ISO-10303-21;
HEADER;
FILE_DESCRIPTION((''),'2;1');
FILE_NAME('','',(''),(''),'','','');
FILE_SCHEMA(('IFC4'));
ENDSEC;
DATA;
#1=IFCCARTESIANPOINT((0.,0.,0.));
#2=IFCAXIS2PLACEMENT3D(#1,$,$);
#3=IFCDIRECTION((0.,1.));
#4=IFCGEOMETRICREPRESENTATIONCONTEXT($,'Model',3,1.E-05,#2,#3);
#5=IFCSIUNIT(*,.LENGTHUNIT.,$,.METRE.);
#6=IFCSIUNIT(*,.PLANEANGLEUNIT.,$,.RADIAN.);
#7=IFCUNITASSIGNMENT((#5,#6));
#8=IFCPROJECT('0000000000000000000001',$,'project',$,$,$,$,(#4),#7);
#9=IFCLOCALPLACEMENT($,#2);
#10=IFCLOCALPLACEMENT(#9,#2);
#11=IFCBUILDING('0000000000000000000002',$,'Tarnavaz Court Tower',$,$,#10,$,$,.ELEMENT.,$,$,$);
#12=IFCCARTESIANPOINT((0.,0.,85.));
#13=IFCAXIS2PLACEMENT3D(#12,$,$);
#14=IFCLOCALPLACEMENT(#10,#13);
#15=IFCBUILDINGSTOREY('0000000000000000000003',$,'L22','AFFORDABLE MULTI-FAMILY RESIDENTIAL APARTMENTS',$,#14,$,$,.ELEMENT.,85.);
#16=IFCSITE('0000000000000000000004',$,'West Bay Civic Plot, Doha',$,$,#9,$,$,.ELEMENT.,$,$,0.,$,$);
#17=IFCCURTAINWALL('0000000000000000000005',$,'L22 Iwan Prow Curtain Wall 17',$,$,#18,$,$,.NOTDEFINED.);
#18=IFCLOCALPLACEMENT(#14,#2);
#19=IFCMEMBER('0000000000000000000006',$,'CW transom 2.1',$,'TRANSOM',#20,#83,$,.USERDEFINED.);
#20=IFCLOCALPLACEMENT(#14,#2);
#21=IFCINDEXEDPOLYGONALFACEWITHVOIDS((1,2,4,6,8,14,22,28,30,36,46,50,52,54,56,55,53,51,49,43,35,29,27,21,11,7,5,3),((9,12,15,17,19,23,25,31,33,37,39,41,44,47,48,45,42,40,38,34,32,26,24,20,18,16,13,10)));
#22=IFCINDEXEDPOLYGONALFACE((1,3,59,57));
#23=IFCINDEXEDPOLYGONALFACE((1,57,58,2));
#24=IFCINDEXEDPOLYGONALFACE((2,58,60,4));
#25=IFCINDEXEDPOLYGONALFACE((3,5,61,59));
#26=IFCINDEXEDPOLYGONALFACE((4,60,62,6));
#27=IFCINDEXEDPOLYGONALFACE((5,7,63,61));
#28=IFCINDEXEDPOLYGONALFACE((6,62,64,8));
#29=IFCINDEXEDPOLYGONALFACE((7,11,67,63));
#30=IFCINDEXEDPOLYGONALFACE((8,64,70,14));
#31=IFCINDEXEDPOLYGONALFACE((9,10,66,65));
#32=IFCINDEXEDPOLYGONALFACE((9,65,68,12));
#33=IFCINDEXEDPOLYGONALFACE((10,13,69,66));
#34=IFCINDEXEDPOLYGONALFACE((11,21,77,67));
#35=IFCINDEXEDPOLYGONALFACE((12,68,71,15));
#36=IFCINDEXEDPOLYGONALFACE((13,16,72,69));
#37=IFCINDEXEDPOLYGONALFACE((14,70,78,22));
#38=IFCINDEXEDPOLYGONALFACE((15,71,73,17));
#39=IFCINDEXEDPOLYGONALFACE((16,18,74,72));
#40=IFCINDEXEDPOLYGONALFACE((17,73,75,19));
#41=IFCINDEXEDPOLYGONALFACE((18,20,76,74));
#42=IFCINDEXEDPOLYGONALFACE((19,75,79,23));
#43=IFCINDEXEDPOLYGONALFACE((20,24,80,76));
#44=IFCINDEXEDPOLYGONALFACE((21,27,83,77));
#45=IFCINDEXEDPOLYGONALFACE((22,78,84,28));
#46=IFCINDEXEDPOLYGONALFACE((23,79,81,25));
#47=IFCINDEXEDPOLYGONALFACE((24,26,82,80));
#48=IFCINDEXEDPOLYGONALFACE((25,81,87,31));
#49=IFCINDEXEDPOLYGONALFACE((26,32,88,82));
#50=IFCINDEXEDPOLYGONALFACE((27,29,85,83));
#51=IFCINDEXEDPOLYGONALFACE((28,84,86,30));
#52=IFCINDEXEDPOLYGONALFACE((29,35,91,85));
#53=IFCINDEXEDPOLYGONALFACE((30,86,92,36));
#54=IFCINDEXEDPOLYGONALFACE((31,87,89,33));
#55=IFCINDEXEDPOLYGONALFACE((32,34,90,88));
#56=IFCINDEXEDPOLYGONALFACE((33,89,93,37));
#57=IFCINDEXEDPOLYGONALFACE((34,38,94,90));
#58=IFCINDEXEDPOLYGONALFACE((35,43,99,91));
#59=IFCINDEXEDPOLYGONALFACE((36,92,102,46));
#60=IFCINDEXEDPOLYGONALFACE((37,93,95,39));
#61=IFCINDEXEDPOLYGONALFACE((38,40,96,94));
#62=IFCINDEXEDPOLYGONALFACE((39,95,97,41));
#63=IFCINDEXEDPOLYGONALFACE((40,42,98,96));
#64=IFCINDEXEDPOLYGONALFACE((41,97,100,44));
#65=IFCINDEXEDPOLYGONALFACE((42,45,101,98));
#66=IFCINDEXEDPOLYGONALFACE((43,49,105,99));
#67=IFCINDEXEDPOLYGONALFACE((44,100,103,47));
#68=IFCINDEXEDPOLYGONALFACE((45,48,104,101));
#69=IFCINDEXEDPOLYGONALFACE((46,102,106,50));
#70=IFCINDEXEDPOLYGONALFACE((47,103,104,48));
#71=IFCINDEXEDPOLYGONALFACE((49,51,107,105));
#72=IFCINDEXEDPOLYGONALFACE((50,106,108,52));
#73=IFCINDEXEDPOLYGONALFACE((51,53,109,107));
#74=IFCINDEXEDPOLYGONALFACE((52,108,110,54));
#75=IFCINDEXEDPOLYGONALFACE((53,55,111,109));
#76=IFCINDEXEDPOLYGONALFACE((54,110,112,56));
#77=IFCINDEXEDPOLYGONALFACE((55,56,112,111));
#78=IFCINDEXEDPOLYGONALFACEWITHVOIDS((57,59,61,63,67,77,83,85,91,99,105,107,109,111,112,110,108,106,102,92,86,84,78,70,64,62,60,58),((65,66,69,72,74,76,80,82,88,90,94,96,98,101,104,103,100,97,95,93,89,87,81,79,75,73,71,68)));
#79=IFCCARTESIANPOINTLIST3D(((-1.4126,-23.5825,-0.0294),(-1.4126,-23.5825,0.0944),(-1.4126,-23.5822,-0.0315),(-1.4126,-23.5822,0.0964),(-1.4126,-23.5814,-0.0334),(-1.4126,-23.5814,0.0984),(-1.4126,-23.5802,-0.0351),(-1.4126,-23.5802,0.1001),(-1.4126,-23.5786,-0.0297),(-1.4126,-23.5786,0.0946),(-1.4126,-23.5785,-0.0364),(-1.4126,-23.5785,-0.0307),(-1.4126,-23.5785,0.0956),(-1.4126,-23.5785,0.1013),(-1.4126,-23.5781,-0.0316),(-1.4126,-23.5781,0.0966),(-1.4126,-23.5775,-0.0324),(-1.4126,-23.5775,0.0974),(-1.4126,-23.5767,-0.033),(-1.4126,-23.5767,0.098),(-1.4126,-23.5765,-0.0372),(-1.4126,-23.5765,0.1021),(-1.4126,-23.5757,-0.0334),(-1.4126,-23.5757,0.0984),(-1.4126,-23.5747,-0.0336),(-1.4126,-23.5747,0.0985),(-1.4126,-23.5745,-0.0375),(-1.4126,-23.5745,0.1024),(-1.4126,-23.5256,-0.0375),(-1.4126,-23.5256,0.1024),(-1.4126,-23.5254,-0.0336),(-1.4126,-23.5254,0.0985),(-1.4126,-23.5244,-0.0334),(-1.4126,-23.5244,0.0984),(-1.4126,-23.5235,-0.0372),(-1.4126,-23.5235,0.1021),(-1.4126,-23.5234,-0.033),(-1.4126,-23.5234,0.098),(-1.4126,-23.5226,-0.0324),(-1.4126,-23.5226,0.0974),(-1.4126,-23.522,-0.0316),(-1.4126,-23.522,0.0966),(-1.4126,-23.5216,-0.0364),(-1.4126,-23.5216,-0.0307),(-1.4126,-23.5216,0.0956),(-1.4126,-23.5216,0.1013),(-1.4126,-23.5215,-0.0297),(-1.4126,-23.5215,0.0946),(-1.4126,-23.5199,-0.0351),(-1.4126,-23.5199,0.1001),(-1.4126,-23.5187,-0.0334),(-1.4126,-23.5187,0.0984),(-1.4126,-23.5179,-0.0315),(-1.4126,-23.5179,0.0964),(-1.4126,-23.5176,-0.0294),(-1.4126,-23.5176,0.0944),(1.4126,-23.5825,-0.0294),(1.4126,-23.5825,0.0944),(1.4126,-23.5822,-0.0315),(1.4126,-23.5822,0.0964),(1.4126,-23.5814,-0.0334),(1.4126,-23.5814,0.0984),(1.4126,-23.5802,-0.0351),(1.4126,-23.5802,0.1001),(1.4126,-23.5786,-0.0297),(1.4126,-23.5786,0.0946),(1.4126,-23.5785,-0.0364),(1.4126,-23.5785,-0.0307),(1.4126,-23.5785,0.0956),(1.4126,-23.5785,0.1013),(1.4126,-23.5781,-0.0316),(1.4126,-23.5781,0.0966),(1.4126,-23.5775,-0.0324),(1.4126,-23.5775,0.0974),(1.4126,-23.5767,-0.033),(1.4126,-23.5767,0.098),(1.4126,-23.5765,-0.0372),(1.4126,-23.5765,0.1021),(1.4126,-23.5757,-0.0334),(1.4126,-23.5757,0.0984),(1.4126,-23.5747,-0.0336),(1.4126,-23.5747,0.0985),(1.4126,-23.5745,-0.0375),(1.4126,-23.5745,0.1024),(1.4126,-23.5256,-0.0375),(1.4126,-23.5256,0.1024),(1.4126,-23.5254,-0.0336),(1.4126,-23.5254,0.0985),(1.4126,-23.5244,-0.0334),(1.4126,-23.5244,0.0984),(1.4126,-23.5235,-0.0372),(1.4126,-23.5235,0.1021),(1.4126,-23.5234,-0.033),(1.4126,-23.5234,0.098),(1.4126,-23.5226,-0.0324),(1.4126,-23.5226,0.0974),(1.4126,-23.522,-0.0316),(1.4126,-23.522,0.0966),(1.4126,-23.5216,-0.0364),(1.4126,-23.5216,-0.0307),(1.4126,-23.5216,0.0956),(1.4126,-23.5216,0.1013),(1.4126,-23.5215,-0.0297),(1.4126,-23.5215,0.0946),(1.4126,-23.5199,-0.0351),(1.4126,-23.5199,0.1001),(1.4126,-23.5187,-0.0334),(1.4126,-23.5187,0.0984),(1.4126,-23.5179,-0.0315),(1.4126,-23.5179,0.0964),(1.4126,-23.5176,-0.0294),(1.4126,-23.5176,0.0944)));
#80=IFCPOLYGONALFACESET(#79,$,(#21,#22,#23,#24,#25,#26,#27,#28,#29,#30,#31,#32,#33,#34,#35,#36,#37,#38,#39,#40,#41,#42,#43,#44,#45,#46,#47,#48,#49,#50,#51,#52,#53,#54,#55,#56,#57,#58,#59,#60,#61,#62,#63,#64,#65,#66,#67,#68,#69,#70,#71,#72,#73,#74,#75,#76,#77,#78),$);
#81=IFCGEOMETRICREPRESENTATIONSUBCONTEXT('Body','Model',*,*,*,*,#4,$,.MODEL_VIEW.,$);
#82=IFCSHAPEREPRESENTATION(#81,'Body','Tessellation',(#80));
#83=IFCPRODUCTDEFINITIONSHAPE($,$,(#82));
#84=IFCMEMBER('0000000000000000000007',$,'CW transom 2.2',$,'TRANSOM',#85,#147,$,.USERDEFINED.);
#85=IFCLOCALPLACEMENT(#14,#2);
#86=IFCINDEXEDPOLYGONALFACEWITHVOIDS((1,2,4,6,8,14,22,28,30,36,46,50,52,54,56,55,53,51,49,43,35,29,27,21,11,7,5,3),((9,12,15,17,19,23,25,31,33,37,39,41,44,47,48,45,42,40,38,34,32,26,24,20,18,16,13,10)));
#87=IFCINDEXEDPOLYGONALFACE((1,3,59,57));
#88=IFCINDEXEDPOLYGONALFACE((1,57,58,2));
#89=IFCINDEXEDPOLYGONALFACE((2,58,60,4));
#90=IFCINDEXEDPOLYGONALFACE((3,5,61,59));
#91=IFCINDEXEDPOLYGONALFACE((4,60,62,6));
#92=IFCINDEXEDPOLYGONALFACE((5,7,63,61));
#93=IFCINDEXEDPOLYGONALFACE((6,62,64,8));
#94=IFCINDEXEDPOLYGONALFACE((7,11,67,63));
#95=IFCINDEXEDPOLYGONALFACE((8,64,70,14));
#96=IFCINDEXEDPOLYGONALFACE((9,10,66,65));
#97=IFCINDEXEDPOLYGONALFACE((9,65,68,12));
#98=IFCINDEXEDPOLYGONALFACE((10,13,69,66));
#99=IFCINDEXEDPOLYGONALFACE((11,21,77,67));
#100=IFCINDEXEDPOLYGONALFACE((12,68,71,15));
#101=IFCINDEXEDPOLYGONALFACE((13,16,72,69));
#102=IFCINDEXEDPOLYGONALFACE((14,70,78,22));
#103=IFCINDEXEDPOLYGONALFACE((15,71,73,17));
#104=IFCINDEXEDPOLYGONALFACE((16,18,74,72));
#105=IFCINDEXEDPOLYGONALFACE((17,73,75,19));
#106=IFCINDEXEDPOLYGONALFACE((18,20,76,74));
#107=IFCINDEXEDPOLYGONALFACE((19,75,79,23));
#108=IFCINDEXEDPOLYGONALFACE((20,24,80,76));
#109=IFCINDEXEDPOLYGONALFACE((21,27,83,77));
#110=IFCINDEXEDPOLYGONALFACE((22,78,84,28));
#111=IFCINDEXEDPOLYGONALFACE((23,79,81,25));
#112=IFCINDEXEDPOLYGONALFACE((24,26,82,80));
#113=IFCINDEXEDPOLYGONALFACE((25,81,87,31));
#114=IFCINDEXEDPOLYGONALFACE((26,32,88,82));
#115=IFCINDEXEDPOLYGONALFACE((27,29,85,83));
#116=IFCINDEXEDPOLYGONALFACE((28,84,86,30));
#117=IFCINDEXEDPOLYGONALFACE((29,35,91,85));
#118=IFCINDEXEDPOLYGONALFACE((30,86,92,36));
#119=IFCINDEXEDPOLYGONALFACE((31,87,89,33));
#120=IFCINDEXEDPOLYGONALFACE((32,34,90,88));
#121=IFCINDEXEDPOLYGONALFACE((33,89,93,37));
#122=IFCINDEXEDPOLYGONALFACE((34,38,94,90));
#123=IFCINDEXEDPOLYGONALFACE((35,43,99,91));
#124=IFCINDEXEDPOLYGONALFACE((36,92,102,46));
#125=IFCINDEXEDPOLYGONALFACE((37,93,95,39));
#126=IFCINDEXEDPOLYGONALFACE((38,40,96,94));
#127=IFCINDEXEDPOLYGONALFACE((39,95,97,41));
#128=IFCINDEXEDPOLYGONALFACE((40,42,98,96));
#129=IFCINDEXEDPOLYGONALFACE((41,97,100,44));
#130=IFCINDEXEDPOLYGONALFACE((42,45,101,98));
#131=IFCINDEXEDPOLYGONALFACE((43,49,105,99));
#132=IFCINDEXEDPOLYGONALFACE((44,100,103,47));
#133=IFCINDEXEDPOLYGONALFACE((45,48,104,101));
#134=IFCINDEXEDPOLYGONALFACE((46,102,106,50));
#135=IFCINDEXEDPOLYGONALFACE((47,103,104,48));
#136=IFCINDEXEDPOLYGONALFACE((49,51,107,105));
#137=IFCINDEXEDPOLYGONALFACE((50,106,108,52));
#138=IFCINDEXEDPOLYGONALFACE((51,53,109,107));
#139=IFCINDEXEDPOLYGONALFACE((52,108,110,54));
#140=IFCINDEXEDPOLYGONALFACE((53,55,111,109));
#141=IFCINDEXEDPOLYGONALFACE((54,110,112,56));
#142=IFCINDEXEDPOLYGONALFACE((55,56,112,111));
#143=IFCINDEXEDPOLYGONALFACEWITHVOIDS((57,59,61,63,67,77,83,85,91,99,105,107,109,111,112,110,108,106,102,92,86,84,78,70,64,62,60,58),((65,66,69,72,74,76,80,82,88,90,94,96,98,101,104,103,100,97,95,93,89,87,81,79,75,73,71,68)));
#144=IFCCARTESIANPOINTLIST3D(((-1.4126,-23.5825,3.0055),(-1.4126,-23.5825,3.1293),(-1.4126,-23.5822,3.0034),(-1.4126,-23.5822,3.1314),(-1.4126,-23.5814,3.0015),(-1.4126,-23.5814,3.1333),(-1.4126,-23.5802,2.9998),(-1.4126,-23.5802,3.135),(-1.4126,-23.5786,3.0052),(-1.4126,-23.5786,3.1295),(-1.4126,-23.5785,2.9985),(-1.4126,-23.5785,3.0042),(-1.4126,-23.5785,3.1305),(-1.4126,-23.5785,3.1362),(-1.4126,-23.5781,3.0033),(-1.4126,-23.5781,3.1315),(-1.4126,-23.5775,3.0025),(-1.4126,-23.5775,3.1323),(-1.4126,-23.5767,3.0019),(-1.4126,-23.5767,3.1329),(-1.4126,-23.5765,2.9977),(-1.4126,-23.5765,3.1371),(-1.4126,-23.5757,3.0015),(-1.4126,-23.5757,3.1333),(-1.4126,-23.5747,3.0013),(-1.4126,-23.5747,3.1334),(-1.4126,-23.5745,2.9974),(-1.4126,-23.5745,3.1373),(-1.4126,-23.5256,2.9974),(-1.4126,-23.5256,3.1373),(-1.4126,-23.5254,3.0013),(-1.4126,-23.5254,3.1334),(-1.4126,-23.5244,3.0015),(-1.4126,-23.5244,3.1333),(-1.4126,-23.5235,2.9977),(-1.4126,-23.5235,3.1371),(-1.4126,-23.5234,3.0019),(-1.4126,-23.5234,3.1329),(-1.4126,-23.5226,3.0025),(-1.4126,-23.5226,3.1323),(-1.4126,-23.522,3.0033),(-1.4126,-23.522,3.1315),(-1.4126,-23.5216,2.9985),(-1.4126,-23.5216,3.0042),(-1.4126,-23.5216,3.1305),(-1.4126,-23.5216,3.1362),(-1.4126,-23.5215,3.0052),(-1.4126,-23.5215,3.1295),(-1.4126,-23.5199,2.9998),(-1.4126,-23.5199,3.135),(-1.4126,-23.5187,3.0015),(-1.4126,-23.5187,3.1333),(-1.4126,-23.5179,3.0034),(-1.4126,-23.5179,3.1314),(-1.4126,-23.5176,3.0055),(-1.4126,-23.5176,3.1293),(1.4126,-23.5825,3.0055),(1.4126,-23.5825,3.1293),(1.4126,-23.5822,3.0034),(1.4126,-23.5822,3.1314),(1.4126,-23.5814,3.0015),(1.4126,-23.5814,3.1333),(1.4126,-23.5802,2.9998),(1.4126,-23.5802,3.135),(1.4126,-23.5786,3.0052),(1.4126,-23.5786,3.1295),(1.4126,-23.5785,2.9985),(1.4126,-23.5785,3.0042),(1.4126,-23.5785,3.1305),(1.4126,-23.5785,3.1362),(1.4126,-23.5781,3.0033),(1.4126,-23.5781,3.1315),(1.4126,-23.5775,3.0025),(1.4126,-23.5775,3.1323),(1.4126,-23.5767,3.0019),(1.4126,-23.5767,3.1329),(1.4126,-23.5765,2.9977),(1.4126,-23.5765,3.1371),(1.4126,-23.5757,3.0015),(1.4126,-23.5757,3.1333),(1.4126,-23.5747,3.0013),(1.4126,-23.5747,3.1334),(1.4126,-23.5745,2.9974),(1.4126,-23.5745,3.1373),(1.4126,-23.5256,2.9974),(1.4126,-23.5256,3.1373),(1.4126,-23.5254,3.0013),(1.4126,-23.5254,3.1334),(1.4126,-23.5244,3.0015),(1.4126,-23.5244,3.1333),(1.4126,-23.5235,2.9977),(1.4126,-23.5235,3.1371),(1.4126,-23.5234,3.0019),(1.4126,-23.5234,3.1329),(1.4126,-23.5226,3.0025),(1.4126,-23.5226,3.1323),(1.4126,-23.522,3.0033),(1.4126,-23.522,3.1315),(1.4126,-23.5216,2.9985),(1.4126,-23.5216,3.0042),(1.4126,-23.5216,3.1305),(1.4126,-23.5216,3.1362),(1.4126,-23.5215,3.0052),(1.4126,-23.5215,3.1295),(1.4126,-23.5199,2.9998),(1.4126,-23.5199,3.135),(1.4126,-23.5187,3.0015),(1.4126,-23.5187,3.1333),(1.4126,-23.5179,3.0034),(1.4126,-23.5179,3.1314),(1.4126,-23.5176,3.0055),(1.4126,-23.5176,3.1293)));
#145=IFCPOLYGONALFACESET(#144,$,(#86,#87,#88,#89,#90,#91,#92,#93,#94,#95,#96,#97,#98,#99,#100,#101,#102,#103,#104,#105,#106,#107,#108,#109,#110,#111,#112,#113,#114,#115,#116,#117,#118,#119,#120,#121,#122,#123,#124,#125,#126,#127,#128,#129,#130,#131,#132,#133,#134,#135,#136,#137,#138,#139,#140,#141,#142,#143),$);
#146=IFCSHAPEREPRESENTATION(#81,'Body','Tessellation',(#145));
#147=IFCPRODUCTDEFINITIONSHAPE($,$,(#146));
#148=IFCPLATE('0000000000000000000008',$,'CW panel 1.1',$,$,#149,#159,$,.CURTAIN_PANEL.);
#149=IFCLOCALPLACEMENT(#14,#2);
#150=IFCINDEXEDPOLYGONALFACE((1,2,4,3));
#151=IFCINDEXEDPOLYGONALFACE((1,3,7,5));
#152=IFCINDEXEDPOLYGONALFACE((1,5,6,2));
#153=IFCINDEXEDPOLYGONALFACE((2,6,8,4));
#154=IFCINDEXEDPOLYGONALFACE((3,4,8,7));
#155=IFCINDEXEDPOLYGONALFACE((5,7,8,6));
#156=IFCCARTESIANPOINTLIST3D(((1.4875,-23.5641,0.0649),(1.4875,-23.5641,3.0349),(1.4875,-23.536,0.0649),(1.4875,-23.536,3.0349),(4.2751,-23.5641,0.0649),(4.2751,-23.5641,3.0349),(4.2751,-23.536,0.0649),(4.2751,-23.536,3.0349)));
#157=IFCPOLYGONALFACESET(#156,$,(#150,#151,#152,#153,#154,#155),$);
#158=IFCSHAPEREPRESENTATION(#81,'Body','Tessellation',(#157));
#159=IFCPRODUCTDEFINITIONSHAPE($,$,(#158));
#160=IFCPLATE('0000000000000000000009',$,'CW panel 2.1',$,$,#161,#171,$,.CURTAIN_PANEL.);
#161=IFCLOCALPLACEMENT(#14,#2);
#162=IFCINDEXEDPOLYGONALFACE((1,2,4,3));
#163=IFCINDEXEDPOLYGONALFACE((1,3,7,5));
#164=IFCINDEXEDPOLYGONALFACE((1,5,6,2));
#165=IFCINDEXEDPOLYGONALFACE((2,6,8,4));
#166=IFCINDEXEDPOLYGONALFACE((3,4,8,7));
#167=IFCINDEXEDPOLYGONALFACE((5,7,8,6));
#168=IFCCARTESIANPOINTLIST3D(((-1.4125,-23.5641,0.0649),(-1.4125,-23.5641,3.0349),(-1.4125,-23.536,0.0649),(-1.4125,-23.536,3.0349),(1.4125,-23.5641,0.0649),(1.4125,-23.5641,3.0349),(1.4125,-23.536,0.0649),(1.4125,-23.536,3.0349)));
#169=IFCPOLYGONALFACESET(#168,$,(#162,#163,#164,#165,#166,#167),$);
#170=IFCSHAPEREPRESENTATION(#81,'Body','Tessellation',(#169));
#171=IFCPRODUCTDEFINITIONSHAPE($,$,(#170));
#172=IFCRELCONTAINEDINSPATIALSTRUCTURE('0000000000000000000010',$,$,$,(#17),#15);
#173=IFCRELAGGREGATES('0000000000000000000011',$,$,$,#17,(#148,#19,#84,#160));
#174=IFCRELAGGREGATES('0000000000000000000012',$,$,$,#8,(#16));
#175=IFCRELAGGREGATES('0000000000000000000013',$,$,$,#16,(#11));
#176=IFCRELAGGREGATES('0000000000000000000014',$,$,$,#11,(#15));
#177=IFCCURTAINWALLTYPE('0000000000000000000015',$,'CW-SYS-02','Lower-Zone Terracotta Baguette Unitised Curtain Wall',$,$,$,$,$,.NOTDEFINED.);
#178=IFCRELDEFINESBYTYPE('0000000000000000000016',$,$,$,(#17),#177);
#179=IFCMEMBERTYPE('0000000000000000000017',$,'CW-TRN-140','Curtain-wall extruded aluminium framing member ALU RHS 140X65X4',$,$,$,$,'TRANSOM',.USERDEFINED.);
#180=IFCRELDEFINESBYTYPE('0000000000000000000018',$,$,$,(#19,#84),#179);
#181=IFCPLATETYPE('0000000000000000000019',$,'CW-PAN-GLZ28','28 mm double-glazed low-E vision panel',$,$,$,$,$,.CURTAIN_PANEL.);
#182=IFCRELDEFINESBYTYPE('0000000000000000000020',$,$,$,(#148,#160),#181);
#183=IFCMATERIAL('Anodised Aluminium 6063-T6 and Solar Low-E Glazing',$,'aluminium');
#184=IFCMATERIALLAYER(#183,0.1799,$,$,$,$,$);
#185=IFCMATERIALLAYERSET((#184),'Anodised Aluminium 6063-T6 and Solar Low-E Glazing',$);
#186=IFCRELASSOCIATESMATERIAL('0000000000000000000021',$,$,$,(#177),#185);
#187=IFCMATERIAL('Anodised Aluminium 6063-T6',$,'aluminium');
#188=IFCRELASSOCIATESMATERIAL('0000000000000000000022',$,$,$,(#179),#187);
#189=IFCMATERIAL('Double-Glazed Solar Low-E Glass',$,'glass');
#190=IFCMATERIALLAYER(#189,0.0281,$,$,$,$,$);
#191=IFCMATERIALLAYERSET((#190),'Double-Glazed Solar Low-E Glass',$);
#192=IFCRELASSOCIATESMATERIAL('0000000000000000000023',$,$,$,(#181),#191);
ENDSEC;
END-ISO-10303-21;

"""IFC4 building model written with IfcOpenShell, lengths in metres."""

from ifc_helpers import new_model, si_unit, direction, frame, origin, origin_2d, place, context, subcontext, project, spatial, rectangle, hollow_rectangle, extrude, material, layer, layer_set, material_profile, profile_set, type_object, element, aggregate, save


model = new_model("IFC4")

# Units and contexts
model_context = context("Model", 3, precision=1e-05, world=origin(), true_north=direction((0.0, 1.0)))
body_context = subcontext(model_context, "Body", "Model", "MODEL_VIEW")
ifc_project = project(units=[si_unit("LENGTHUNIT", "METRE"), si_unit("PLANEANGLEUNIT", "RADIAN")], contexts=[model_context])

# Site, building, storey
site_placement = place(None, origin())
site = spatial("IfcSite", under=ifc_project, at=site_placement, Name="West Bay Civic Plot, Doha", CompositionType="ELEMENT", RefElevation=0.0)
building_placement = place(site_placement, origin())
building = spatial("IfcBuilding", under=site, at=building_placement, Name="Tarnavaz Court Tower", CompositionType="ELEMENT")
storey_placement = place(building_placement, frame((0.0, 0.0, 85.0)))
storey = spatial("IfcBuildingStorey", under=building, at=storey_placement, Name="L22", Description="AFFORDABLE MULTI-FAMILY RESIDENTIAL APARTMENTS", CompositionType="ELEMENT", Elevation=85.0)

# Curtain wall, members, plates
ifc_material_1 = material(Name="Anodised Aluminium 6063-T6 and Solar Low-E Glazing", Category="aluminium")
ifc_layer_1 = layer(ifc_material_1, 0.1799)
ifc_layer_set_1 = layer_set([ifc_layer_1], Name="Anodised Aluminium 6063-T6 and Solar Low-E Glazing")
curtain_wall_type = type_object("IfcCurtainWallType", Name="CW-SYS-02", Description="Lower-Zone Terracotta Baguette Unitised Curtain Wall", PredefinedType="NOTDEFINED", material=ifc_layer_set_1)
curtain_wall_placement = place(storey_placement, origin())
curtain_wall = element("IfcCurtainWall", 1, at=curtain_wall_placement, inside=storey, type_object=curtain_wall_type, Name="L22 Iwan Prow Curtain Wall 17", PredefinedType="NOTDEFINED")
ifc_material_2 = material(Name="Anodised Aluminium 6063-T6", Category="aluminium")
ifc_material_profile_1 = material_profile(ifc_material_2, hollow_rectangle(XDim=0.0649, YDim=0.1399, WallThickness=0.0039, InnerFilletRadius=0.0039, OuterFilletRadius=0.0081, at=origin_2d()), Name="ALU RHS 140X65X4")
ifc_profile_set_1 = profile_set([ifc_material_profile_1], Name="Anodised Aluminium 6063-T6")
member_type_1 = type_object("IfcMemberType", Name="CW-TRN-140", Description="Curtain-wall extruded aluminium framing member ALU RHS 140X65X4", ElementType="TRANSOM", PredefinedType="USERDEFINED", material=ifc_profile_set_1)
member_1_placement = place(storey_placement, frame((1.4126, -23.55, 0.0325), z_axis=(-1.0, 0.0, 0.0), x_axis=(0.0, -1.0, 0.0)))
member_1 = element("IfcMember", 2, at=member_1_placement, type_object=member_type_1, Name="CW transom 2.1", ObjectType="TRANSOM", PredefinedType="USERDEFINED", context=body_context, shape_type="SweptSolid", body=[
    extrude(hollow_rectangle(XDim=0.0649, YDim=0.1399, WallThickness=0.0039, InnerFilletRadius=0.0039, OuterFilletRadius=0.0081, at=origin_2d()), origin(), (0.0, 0.0, 1.0), 2.8252),
])
member_2_placement = place(storey_placement, frame((1.4126, -23.55, 3.0674), z_axis=(-1.0, 0.0, 0.0), x_axis=(0.0, -1.0, 0.0)))
member_2 = element("IfcMember", 3, at=member_2_placement, type_object=member_type_1, Name="CW transom 2.2", ObjectType="TRANSOM", PredefinedType="USERDEFINED", context=body_context, shape_type="SweptSolid", body=[
    extrude(hollow_rectangle(XDim=0.0649, YDim=0.1399, WallThickness=0.0039, InnerFilletRadius=0.0039, OuterFilletRadius=0.0081, at=origin_2d()), origin(), (0.0, 0.0, 1.0), 2.8252),
])
ifc_material_3 = material(Name="Double-Glazed Solar Low-E Glass", Category="glass")
ifc_layer_2 = layer(ifc_material_3, 0.0281)
ifc_layer_set_2 = layer_set([ifc_layer_2], Name="Double-Glazed Solar Low-E Glass")
plate_type = type_object("IfcPlateType", Name="CW-PAN-GLZ28", Description="28 mm double-glazed low-E vision panel", PredefinedType="CURTAIN_PANEL", material=ifc_layer_set_2)
plate_1_placement = place(storey_placement, frame((2.8813, -23.55, 0.0649), z_axis=(0.0, 0.0, 1.0), x_axis=(-1.0, 0.0, 0.0)))
plate_1 = element("IfcPlate", 4, at=plate_1_placement, type_object=plate_type, Name="CW panel 1.1", PredefinedType="CURTAIN_PANEL", context=body_context, shape_type="SweptSolid", body=[
    extrude(rectangle(XDim=2.7876, YDim=0.0281, at=origin_2d()), origin(), (0.0, 0.0, 1.0), 2.97),
])
plate_2_placement = place(storey_placement, frame((0.0, -23.55, 0.0649), z_axis=(0.0, 0.0, 1.0), x_axis=(-1.0, 0.0, 0.0)))
plate_2 = element("IfcPlate", 5, at=plate_2_placement, type_object=plate_type, Name="CW panel 2.1", PredefinedType="CURTAIN_PANEL", context=body_context, shape_type="SweptSolid", body=[
    extrude(rectangle(XDim=2.825, YDim=0.0281, at=origin_2d()), origin(), (0.0, 0.0, 1.0), 2.97),
])
aggregate(curtain_wall, [plate_1, member_1, member_2, plate_2])

save(model, "model.ifc")
